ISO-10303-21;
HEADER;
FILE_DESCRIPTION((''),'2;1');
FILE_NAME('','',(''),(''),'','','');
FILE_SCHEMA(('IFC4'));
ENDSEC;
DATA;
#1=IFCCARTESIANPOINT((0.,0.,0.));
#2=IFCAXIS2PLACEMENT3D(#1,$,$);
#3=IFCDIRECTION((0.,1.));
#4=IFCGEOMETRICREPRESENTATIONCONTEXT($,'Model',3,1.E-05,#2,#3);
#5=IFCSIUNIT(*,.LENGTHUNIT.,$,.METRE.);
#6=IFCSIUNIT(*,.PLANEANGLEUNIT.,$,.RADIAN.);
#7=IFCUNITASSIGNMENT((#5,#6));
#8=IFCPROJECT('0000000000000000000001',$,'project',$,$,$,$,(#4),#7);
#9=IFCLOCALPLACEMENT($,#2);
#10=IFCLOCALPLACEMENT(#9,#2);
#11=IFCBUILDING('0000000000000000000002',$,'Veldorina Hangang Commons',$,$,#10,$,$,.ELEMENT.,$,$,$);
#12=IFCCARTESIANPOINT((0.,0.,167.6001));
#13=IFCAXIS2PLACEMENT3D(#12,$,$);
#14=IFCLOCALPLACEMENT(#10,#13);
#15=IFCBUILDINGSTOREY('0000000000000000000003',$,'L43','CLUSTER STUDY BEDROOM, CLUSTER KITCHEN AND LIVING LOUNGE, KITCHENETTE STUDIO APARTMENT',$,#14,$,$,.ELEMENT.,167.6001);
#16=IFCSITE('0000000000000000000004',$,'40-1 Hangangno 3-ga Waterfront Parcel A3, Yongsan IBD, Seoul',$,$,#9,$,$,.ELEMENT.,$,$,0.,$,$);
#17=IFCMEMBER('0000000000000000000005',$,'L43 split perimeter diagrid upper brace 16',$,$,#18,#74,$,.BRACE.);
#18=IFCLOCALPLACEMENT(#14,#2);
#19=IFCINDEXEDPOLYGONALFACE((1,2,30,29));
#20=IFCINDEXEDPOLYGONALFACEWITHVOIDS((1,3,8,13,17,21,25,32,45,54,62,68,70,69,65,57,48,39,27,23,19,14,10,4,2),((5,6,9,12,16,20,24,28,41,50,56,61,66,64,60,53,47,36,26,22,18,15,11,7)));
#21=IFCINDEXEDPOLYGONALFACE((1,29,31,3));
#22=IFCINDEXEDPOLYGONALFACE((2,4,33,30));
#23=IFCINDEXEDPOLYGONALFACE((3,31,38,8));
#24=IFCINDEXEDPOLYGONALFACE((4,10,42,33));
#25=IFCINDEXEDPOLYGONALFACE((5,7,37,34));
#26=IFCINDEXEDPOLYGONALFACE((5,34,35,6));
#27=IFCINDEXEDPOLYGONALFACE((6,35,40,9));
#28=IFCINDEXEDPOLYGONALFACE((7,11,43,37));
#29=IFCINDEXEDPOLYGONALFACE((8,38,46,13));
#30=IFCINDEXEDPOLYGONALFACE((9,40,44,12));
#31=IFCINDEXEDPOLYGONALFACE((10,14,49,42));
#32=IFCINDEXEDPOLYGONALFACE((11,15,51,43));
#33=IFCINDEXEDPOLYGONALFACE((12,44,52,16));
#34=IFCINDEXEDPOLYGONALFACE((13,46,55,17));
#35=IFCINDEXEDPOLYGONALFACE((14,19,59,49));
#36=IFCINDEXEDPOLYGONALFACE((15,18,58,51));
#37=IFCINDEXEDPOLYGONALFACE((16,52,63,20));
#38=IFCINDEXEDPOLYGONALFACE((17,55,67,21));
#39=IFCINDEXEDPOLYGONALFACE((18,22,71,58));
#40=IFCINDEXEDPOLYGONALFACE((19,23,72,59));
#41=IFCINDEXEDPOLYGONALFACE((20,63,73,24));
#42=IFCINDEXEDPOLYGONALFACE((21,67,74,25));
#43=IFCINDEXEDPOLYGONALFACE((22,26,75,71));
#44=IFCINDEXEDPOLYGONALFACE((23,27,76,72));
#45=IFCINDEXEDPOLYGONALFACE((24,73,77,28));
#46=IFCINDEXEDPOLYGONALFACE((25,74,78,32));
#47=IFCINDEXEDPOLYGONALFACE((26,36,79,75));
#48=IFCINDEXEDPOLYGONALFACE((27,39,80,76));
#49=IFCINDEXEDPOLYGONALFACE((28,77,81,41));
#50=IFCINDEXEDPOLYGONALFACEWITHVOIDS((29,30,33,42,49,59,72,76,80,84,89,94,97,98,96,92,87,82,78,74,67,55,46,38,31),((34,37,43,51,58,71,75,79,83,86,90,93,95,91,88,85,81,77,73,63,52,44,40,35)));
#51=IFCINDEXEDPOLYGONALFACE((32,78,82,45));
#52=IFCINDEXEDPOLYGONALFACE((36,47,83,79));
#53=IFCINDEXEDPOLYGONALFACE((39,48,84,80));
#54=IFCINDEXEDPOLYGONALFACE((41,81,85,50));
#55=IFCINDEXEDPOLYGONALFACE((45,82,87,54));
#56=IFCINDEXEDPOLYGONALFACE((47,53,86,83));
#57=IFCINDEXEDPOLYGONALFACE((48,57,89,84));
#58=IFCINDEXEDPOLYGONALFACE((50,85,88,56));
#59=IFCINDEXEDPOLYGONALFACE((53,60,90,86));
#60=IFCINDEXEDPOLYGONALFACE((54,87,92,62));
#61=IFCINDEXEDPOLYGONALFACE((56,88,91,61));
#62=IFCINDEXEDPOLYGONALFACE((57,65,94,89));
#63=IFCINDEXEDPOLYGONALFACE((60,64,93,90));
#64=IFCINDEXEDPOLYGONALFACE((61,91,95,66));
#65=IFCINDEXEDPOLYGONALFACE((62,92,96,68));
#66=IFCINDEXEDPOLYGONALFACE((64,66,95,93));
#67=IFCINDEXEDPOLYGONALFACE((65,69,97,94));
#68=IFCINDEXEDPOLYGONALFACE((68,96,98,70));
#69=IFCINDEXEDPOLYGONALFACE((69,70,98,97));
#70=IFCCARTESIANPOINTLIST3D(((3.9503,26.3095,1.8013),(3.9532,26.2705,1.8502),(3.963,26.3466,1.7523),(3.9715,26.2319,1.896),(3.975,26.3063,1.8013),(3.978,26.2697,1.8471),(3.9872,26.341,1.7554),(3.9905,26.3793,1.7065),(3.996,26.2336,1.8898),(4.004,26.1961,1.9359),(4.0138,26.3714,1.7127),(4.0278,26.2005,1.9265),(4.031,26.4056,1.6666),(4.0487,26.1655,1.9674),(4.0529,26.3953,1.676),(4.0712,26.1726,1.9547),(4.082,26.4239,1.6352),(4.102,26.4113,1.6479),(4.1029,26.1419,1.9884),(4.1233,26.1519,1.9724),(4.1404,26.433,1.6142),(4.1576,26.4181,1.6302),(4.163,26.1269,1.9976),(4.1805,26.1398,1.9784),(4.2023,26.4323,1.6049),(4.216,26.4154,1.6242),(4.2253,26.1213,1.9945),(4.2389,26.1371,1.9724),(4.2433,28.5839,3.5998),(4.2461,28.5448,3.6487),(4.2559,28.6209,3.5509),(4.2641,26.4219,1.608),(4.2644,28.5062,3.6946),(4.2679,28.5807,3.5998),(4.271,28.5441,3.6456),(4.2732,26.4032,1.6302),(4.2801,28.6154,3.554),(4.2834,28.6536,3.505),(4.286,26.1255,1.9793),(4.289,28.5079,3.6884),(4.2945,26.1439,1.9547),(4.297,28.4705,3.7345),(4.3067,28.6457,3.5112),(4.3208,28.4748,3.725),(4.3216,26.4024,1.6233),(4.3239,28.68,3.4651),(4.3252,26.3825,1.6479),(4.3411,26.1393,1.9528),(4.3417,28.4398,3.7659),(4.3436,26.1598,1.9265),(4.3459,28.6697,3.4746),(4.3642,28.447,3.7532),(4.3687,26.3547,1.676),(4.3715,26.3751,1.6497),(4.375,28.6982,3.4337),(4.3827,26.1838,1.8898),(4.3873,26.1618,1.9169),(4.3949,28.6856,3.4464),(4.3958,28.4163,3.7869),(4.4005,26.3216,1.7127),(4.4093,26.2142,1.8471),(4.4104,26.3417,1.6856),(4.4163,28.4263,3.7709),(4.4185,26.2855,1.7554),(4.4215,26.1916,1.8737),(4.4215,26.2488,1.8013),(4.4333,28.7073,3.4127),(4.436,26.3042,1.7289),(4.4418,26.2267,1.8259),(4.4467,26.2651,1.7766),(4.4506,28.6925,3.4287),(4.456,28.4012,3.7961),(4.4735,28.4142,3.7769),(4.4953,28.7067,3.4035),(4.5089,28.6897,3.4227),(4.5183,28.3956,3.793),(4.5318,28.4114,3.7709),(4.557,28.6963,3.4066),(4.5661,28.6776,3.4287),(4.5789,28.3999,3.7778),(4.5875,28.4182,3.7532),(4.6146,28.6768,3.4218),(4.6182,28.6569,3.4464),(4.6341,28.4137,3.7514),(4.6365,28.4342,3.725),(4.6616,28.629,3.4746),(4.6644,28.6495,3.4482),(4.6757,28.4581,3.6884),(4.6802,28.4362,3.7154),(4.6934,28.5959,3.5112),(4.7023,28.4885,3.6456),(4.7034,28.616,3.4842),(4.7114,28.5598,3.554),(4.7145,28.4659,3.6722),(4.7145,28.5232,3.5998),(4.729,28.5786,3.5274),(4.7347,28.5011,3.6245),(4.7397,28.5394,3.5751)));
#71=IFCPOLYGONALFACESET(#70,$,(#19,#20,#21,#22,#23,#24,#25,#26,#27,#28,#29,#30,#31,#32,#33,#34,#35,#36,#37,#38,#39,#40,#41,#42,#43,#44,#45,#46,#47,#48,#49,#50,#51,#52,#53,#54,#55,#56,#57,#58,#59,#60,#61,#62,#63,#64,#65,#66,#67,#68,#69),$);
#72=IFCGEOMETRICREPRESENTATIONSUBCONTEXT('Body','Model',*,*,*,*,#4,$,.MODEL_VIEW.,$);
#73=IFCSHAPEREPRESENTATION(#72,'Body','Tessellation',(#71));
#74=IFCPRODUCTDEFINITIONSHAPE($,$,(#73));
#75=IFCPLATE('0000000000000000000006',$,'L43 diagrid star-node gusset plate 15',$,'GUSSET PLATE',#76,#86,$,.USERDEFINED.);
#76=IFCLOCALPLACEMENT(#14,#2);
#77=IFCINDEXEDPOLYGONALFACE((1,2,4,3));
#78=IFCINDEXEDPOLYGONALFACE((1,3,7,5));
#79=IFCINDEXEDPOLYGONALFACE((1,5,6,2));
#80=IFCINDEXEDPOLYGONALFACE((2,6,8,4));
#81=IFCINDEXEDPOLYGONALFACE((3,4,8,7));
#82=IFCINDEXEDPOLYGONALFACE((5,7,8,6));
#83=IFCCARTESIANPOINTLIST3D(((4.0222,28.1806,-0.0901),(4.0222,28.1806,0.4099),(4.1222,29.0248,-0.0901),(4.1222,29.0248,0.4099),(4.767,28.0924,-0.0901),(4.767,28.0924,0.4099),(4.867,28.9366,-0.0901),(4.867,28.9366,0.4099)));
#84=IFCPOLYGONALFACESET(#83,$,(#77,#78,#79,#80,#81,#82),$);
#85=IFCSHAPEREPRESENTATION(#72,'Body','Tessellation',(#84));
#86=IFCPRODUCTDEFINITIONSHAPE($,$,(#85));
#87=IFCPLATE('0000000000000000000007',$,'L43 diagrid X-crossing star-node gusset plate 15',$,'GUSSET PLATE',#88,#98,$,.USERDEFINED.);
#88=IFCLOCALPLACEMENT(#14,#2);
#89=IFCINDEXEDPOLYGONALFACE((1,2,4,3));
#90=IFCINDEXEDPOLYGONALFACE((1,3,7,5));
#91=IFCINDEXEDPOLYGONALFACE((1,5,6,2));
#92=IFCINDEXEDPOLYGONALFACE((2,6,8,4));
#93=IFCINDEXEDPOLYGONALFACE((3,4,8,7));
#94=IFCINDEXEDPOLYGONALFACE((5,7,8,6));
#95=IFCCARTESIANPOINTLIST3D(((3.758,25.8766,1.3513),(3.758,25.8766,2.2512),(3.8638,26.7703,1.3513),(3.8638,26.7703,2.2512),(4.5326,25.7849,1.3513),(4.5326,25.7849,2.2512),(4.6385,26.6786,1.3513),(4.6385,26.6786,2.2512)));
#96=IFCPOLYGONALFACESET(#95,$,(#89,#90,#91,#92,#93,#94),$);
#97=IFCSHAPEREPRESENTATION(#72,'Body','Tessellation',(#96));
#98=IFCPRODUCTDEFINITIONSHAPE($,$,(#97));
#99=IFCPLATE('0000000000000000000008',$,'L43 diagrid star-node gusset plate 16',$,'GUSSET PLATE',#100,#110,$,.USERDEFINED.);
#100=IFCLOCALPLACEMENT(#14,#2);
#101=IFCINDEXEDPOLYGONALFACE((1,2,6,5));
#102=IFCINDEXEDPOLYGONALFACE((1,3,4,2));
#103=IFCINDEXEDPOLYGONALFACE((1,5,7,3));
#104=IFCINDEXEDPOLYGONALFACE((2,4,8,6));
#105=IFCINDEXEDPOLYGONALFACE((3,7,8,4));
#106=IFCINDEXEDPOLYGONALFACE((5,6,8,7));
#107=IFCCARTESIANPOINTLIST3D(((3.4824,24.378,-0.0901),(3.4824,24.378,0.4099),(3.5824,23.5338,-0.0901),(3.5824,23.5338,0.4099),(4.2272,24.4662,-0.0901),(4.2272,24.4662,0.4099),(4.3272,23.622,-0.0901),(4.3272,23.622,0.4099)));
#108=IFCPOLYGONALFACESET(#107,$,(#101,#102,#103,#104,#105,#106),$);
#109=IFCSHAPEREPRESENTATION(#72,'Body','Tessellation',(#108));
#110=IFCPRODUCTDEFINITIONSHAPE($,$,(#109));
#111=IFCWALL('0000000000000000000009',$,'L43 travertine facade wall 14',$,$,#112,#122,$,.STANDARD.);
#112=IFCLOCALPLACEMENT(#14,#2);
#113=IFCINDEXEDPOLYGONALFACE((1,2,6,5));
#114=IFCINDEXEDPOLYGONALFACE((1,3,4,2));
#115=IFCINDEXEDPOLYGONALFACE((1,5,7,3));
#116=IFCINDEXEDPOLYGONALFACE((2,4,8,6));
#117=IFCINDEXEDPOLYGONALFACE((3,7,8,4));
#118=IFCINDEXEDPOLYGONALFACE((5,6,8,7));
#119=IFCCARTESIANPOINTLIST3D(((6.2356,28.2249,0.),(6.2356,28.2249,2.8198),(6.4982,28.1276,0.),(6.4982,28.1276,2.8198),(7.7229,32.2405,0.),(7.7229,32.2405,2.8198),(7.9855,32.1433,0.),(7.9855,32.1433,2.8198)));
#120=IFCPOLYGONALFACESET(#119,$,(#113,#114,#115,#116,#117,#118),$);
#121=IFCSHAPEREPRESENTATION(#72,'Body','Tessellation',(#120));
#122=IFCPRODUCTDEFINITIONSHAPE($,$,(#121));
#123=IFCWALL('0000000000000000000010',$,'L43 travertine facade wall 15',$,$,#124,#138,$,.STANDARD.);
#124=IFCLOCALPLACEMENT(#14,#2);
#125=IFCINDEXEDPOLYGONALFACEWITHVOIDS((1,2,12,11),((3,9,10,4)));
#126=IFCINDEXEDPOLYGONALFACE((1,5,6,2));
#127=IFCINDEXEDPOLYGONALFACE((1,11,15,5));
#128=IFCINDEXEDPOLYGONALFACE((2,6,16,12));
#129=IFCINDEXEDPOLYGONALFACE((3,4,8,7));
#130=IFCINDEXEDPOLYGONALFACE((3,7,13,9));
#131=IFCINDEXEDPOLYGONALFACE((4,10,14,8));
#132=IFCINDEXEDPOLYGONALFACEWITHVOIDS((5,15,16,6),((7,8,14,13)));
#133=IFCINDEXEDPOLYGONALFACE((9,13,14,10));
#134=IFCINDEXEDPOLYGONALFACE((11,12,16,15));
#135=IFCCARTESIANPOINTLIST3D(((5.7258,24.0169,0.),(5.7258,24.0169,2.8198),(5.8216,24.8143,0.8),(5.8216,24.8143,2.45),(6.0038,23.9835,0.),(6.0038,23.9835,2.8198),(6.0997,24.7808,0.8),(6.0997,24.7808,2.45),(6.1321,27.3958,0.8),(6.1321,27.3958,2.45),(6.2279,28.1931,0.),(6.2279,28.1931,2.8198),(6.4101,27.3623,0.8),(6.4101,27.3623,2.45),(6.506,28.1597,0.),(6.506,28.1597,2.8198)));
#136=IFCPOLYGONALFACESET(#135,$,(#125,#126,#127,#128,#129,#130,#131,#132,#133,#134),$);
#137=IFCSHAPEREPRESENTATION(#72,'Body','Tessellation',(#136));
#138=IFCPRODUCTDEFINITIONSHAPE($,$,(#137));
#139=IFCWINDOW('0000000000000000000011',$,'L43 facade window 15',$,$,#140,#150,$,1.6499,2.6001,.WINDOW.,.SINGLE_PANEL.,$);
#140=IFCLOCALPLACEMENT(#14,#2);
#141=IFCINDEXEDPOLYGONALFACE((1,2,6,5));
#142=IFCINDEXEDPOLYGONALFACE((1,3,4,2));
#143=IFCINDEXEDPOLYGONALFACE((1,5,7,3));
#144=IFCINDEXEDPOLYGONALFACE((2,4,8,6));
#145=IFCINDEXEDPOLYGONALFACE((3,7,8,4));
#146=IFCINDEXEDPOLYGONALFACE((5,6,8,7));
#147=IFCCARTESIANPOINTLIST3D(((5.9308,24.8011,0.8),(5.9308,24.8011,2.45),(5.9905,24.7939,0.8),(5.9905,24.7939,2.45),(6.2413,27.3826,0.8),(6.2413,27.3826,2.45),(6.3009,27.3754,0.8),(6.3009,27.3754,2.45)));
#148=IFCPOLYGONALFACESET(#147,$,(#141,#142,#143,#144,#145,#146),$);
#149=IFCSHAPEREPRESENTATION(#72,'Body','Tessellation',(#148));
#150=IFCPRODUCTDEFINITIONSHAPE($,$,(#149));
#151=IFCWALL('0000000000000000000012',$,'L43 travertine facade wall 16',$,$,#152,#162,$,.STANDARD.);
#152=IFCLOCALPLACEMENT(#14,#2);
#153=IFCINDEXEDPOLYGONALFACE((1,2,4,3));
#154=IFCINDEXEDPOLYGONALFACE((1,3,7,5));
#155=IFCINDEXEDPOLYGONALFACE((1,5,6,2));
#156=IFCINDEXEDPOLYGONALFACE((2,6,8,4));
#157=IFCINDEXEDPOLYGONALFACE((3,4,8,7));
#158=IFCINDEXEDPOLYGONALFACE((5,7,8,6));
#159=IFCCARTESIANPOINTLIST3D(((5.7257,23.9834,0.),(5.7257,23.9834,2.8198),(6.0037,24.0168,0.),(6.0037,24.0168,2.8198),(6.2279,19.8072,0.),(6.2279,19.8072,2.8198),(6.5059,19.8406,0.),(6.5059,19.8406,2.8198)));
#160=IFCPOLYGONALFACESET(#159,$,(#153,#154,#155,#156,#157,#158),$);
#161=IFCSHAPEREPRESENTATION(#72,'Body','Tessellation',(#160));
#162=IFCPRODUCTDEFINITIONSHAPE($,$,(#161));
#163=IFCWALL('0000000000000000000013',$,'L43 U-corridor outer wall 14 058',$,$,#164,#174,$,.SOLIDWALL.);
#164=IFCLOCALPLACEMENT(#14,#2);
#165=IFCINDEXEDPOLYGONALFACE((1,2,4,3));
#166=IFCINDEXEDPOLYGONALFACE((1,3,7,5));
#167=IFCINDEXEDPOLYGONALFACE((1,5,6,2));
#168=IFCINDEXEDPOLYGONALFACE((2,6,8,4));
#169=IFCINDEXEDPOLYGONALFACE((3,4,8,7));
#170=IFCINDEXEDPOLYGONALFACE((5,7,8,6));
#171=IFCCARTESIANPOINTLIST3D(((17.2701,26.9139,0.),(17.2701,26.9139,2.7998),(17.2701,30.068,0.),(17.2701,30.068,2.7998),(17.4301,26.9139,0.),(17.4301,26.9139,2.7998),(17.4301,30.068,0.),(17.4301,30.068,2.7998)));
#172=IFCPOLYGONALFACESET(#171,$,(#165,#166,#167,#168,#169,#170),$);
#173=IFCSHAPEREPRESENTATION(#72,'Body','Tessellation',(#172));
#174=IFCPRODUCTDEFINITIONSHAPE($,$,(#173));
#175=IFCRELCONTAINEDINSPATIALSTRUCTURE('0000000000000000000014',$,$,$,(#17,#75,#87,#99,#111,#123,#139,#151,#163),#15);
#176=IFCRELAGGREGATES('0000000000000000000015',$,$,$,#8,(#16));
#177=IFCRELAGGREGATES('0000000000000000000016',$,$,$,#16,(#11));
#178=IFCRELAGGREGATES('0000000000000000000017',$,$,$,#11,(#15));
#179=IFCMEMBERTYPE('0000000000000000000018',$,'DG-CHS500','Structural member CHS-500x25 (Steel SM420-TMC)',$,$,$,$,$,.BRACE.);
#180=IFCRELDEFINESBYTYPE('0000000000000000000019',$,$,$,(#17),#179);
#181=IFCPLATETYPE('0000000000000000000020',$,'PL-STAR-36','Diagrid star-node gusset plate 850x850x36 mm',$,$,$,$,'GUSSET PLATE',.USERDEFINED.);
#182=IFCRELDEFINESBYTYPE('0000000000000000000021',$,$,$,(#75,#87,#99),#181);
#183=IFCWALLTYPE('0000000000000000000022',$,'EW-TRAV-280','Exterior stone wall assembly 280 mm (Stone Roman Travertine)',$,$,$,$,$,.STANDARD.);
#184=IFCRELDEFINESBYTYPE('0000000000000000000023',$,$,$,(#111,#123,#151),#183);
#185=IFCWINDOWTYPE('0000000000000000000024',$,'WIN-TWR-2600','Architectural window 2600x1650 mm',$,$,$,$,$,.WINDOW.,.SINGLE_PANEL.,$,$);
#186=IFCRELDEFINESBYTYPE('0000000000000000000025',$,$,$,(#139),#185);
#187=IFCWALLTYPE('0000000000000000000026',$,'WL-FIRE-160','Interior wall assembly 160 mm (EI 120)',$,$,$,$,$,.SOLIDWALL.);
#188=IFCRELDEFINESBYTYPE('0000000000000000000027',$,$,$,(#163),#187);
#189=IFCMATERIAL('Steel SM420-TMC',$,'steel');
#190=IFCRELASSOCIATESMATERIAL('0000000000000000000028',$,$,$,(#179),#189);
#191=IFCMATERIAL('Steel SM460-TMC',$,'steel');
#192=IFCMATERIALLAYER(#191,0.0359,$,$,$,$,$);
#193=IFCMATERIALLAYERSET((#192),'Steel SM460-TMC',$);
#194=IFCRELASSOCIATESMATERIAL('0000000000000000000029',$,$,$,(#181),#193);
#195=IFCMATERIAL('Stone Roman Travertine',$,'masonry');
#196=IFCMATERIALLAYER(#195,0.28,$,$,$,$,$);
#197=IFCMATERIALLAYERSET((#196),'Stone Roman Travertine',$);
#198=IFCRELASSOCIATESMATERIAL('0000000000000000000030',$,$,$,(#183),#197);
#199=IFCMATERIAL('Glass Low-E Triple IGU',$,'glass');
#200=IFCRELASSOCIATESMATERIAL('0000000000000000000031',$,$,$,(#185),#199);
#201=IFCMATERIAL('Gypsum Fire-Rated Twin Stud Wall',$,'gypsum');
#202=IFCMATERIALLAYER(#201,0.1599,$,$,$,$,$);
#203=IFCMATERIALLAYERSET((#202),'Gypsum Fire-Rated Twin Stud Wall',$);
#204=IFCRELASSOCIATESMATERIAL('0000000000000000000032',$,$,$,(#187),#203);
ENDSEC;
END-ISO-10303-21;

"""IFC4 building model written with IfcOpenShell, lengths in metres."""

from ifc_helpers import new_model, si_unit, direction, frame, frame_2d, origin, origin_2d, place, context, subcontext, project, spatial, rectangle, hollow_circle, extrude, material, layer, layer_set, material_profile, profile_set, type_object, element, fill, save


model = new_model("IFC4")

# Units and contexts
model_context = context("Model", 3, precision=1e-05, world=origin(), true_north=direction((0.0, 1.0)))
body_context = subcontext(model_context, "Body", "Model", "MODEL_VIEW")
ifc_project = project(units=[si_unit("LENGTHUNIT", "METRE"), si_unit("PLANEANGLEUNIT", "RADIAN")], contexts=[model_context])

# Site, building, storey
site_placement = place(None, origin())
site = spatial("IfcSite", under=ifc_project, at=site_placement, Name="40-1 Hangangno 3-ga Waterfront Parcel A3, Yongsan IBD, Seoul", CompositionType="ELEMENT", RefElevation=0.0)
building_placement = place(site_placement, origin())
building = spatial("IfcBuilding", under=site, at=building_placement, Name="Veldorina Hangang Commons", CompositionType="ELEMENT")
storey_placement = place(building_placement, frame((0.0, 0.0, 167.6001)))
storey = spatial("IfcBuildingStorey", under=building, at=storey_placement, Name="L43", Description="CLUSTER STUDY BEDROOM, CLUSTER KITCHEN AND LIVING LOUNGE, KITCHENETTE STUDIO APARTMENT", CompositionType="ELEMENT", Elevation=167.6001)

# Shared definitions
ifc_material_1 = material(Name="Steel SM420-TMC", Category="steel")

# Member
ifc_material_profile_1 = material_profile(ifc_material_1, hollow_circle(Radius=0.25, WallThickness=0.0249, at=origin_2d()), Name="CHS-500x25")
ifc_profile_set_1 = profile_set([ifc_material_profile_1], Name="Steel SM420-TMC")
member_type = type_object("IfcMemberType", Name="DG-CHS500", Description="Structural member CHS-500x25 (Steel SM420-TMC)", PredefinedType="BRACE", material=ifc_profile_set_1)
member_1_placement = place(storey_placement, frame((4.1982, 26.2776, 1.8013), z_axis=(0.100525, 0.780407, 0.617138), x_axis=(-0.991806, 0.127755, 0.0)))
element("IfcMember", 1, at=member_1_placement, inside=storey, type_object=member_type, Name="L43 split perimeter diagrid upper brace 16", PredefinedType="BRACE", context=body_context, shape_type="SweptSolid", body=[
    extrude(hollow_circle(Radius=0.25, WallThickness=0.0249, at=origin_2d()), origin(), (0.0, 0.0, 1.0), 2.9143),
])

# Plates
ifc_material_2 = material(Name="Steel SM460-TMC", Category="steel")
ifc_layer_1 = layer(ifc_material_2, 0.0359)
ifc_layer_set_1 = layer_set([ifc_layer_1], Name="Steel SM460-TMC")
plate_type = type_object("IfcPlateType", Name="PL-STAR-36", Description="Diagrid star-node gusset plate 850x850x36 mm", ElementType="GUSSET PLATE", PredefinedType="USERDEFINED", material=ifc_layer_set_1)
plate_1_placement = place(storey_placement, frame((4.4446, 28.5586, -0.0901), z_axis=(0.0, 0.0, 1.0), x_axis=(-0.117589, -0.993062, 0.0)))
element("IfcPlate", 2, at=plate_1_placement, inside=storey, type_object=plate_type, Name="L43 diagrid star-node gusset plate 15", ObjectType="GUSSET PLATE", PredefinedType="USERDEFINED", context=body_context, shape_type="SweptSolid", body=[
    extrude(rectangle(XDim=0.8501, YDim=0.75, at=origin_2d()), origin(), (0.0, 0.0, 1.0), 0.5),
])
plate_2_placement = place(storey_placement, frame((4.1982, 26.2776, 1.3513), z_axis=(0.0, 0.0, 1.0), x_axis=(-0.117589, -0.993062, 0.0)))
element("IfcPlate", 3, at=plate_2_placement, inside=storey, type_object=plate_type, Name="L43 diagrid X-crossing star-node gusset plate 15", ObjectType="GUSSET PLATE", PredefinedType="USERDEFINED", context=body_context, shape_type="SweptSolid", body=[
    extrude(rectangle(XDim=0.8999, YDim=0.78, at=origin_2d()), origin(), (0.0, 0.0, 1.0), 0.8999),
])
plate_3_placement = place(storey_placement, frame((3.9048, 24.0, -0.0901), z_axis=(0.0, 0.0, 1.0), x_axis=(0.117589, -0.993062, 0.0)))
element("IfcPlate", 4, at=plate_3_placement, inside=storey, type_object=plate_type, Name="L43 diagrid star-node gusset plate 16", ObjectType="GUSSET PLATE", PredefinedType="USERDEFINED", context=body_context, shape_type="SweptSolid", body=[
    extrude(rectangle(XDim=0.8501, YDim=0.75, at=origin_2d()), origin(), (0.0, 0.0, 1.0), 0.5),
])

# Wall
ifc_material_3 = material(Name="Stone Roman Travertine", Category="masonry")
ifc_layer_2 = layer(ifc_material_3, 0.28)
ifc_layer_set_2 = layer_set([ifc_layer_2], Name="Stone Roman Travertine")
wall_type_1 = type_object("IfcWallType", Name="EW-TRAV-280", Description="Exterior stone wall assembly 280 mm (Stone Roman Travertine)", PredefinedType="STANDARD", material=ifc_layer_set_2)
wall_1_placement = place(storey_placement, frame((7.8542, 32.1919, 0.0), z_axis=(0.0, 0.0, 1.0), x_axis=(-0.347322, -0.937746, 0.0)))
element("IfcWall", 5, at=wall_1_placement, inside=storey, type_object=wall_type_1, Name="L43 travertine facade wall 14", PredefinedType="STANDARD", context=body_context, shape_type="SweptSolid", body=[
    extrude(rectangle(XDim=4.2822, YDim=0.28, at=frame_2d((2.1411, 0.0))), origin(), (0.0, 0.0, 1.0), 2.8198),
])

# Wall, opening, window
wall_2_placement = place(storey_placement, frame((6.3669, 28.1763, 0.0), z_axis=(0.0, 0.0, 1.0), x_axis=(-0.11939, -0.992847, 0.0)))
wall_2 = element("IfcWall", 6, at=wall_2_placement, inside=storey, type_object=wall_type_1, Name="L43 travertine facade wall 15", PredefinedType="STANDARD", context=body_context, shape_type="SweptSolid", body=[
    extrude(rectangle(XDim=4.2063, YDim=0.28, at=frame_2d((2.103, 0.0))), origin(), (0.0, 0.0, 1.0), 2.8198),
])
opening_1_placement = place(wall_2_placement, frame((0.803, 0.0, 0.8)))
opening_1 = element("IfcOpeningElement", 7, at=opening_1_placement, cuts=wall_2, PredefinedType="OPENING", context=body_context, shape_type="SweptSolid", body=[
    extrude(rectangle(XDim=2.6001, YDim=1.6499, at=frame_2d((1.3, 0.825))), frame((0.0, 0.1499, 0.0), z_axis=(0.0, -1.0, 0.0), x_axis=(1.0, 0.0, 0.0)), (0.0, 0.0, 1.0), 0.3),
])
ifc_material_4 = material(Name="Glass Low-E Triple IGU", Category="glass")
window_type = type_object("IfcWindowType", Name="WIN-TWR-2600", Description="Architectural window 2600x1650 mm", PartitioningType="SINGLE_PANEL", PredefinedType="WINDOW", material=ifc_material_4)
window_placement = place(opening_1_placement, origin())
window = element("IfcWindow", 8, at=window_placement, inside=storey, type_object=window_type, Name="L43 facade window 15", OverallHeight=1.6499, OverallWidth=2.6001, PartitioningType="SINGLE_PANEL", PredefinedType="WINDOW", context=body_context, shape_type="SweptSolid", body=[
    extrude(rectangle(XDim=2.6001, YDim=1.6499, at=frame_2d((1.3, 0.825))), frame((0.0, 0.03, 0.0), z_axis=(0.0, -1.0, 0.0), x_axis=(1.0, 0.0, 0.0)), (0.0, 0.0, 1.0), 0.0601),
])
fill(opening_1, window)

# Walls
wall_3_placement = place(storey_placement, frame((5.8647, 24.0, 0.0), z_axis=(0.0, 0.0, 1.0), x_axis=(0.11939, -0.992847, 0.0)))
element("IfcWall", 9, at=wall_3_placement, inside=storey, type_object=wall_type_1, Name="L43 travertine facade wall 16", PredefinedType="STANDARD", context=body_context, shape_type="SweptSolid", body=[
    extrude(rectangle(XDim=4.2063, YDim=0.28, at=frame_2d((2.103, 0.0))), origin(), (0.0, 0.0, 1.0), 2.8198),
])
ifc_material_5 = material(Name="Gypsum Fire-Rated Twin Stud Wall", Category="gypsum")
ifc_layer_3 = layer(ifc_material_5, 0.1599)
ifc_layer_set_3 = layer_set([ifc_layer_3], Name="Gypsum Fire-Rated Twin Stud Wall")
wall_type_2 = type_object("IfcWallType", Name="WL-FIRE-160", Description="Interior wall assembly 160 mm (EI 120)", PredefinedType="SOLIDWALL", material=ifc_layer_set_3)
wall_4_placement = place(storey_placement, frame((17.3501, 30.0681, 0.0), z_axis=(0.0, 0.0, 1.0), x_axis=(0.0, -1.0, 0.0)))
element("IfcWall", 10, at=wall_4_placement, inside=storey, type_object=wall_type_2, Name="L43 U-corridor outer wall 14 058", PredefinedType="SOLIDWALL", context=body_context, shape_type="SweptSolid", body=[
    extrude(rectangle(XDim=3.1541, YDim=0.1599, at=frame_2d((1.5771, 0.0))), origin(), (0.0, 0.0, 1.0), 2.7998),
])

save(model, "model.ifc")
